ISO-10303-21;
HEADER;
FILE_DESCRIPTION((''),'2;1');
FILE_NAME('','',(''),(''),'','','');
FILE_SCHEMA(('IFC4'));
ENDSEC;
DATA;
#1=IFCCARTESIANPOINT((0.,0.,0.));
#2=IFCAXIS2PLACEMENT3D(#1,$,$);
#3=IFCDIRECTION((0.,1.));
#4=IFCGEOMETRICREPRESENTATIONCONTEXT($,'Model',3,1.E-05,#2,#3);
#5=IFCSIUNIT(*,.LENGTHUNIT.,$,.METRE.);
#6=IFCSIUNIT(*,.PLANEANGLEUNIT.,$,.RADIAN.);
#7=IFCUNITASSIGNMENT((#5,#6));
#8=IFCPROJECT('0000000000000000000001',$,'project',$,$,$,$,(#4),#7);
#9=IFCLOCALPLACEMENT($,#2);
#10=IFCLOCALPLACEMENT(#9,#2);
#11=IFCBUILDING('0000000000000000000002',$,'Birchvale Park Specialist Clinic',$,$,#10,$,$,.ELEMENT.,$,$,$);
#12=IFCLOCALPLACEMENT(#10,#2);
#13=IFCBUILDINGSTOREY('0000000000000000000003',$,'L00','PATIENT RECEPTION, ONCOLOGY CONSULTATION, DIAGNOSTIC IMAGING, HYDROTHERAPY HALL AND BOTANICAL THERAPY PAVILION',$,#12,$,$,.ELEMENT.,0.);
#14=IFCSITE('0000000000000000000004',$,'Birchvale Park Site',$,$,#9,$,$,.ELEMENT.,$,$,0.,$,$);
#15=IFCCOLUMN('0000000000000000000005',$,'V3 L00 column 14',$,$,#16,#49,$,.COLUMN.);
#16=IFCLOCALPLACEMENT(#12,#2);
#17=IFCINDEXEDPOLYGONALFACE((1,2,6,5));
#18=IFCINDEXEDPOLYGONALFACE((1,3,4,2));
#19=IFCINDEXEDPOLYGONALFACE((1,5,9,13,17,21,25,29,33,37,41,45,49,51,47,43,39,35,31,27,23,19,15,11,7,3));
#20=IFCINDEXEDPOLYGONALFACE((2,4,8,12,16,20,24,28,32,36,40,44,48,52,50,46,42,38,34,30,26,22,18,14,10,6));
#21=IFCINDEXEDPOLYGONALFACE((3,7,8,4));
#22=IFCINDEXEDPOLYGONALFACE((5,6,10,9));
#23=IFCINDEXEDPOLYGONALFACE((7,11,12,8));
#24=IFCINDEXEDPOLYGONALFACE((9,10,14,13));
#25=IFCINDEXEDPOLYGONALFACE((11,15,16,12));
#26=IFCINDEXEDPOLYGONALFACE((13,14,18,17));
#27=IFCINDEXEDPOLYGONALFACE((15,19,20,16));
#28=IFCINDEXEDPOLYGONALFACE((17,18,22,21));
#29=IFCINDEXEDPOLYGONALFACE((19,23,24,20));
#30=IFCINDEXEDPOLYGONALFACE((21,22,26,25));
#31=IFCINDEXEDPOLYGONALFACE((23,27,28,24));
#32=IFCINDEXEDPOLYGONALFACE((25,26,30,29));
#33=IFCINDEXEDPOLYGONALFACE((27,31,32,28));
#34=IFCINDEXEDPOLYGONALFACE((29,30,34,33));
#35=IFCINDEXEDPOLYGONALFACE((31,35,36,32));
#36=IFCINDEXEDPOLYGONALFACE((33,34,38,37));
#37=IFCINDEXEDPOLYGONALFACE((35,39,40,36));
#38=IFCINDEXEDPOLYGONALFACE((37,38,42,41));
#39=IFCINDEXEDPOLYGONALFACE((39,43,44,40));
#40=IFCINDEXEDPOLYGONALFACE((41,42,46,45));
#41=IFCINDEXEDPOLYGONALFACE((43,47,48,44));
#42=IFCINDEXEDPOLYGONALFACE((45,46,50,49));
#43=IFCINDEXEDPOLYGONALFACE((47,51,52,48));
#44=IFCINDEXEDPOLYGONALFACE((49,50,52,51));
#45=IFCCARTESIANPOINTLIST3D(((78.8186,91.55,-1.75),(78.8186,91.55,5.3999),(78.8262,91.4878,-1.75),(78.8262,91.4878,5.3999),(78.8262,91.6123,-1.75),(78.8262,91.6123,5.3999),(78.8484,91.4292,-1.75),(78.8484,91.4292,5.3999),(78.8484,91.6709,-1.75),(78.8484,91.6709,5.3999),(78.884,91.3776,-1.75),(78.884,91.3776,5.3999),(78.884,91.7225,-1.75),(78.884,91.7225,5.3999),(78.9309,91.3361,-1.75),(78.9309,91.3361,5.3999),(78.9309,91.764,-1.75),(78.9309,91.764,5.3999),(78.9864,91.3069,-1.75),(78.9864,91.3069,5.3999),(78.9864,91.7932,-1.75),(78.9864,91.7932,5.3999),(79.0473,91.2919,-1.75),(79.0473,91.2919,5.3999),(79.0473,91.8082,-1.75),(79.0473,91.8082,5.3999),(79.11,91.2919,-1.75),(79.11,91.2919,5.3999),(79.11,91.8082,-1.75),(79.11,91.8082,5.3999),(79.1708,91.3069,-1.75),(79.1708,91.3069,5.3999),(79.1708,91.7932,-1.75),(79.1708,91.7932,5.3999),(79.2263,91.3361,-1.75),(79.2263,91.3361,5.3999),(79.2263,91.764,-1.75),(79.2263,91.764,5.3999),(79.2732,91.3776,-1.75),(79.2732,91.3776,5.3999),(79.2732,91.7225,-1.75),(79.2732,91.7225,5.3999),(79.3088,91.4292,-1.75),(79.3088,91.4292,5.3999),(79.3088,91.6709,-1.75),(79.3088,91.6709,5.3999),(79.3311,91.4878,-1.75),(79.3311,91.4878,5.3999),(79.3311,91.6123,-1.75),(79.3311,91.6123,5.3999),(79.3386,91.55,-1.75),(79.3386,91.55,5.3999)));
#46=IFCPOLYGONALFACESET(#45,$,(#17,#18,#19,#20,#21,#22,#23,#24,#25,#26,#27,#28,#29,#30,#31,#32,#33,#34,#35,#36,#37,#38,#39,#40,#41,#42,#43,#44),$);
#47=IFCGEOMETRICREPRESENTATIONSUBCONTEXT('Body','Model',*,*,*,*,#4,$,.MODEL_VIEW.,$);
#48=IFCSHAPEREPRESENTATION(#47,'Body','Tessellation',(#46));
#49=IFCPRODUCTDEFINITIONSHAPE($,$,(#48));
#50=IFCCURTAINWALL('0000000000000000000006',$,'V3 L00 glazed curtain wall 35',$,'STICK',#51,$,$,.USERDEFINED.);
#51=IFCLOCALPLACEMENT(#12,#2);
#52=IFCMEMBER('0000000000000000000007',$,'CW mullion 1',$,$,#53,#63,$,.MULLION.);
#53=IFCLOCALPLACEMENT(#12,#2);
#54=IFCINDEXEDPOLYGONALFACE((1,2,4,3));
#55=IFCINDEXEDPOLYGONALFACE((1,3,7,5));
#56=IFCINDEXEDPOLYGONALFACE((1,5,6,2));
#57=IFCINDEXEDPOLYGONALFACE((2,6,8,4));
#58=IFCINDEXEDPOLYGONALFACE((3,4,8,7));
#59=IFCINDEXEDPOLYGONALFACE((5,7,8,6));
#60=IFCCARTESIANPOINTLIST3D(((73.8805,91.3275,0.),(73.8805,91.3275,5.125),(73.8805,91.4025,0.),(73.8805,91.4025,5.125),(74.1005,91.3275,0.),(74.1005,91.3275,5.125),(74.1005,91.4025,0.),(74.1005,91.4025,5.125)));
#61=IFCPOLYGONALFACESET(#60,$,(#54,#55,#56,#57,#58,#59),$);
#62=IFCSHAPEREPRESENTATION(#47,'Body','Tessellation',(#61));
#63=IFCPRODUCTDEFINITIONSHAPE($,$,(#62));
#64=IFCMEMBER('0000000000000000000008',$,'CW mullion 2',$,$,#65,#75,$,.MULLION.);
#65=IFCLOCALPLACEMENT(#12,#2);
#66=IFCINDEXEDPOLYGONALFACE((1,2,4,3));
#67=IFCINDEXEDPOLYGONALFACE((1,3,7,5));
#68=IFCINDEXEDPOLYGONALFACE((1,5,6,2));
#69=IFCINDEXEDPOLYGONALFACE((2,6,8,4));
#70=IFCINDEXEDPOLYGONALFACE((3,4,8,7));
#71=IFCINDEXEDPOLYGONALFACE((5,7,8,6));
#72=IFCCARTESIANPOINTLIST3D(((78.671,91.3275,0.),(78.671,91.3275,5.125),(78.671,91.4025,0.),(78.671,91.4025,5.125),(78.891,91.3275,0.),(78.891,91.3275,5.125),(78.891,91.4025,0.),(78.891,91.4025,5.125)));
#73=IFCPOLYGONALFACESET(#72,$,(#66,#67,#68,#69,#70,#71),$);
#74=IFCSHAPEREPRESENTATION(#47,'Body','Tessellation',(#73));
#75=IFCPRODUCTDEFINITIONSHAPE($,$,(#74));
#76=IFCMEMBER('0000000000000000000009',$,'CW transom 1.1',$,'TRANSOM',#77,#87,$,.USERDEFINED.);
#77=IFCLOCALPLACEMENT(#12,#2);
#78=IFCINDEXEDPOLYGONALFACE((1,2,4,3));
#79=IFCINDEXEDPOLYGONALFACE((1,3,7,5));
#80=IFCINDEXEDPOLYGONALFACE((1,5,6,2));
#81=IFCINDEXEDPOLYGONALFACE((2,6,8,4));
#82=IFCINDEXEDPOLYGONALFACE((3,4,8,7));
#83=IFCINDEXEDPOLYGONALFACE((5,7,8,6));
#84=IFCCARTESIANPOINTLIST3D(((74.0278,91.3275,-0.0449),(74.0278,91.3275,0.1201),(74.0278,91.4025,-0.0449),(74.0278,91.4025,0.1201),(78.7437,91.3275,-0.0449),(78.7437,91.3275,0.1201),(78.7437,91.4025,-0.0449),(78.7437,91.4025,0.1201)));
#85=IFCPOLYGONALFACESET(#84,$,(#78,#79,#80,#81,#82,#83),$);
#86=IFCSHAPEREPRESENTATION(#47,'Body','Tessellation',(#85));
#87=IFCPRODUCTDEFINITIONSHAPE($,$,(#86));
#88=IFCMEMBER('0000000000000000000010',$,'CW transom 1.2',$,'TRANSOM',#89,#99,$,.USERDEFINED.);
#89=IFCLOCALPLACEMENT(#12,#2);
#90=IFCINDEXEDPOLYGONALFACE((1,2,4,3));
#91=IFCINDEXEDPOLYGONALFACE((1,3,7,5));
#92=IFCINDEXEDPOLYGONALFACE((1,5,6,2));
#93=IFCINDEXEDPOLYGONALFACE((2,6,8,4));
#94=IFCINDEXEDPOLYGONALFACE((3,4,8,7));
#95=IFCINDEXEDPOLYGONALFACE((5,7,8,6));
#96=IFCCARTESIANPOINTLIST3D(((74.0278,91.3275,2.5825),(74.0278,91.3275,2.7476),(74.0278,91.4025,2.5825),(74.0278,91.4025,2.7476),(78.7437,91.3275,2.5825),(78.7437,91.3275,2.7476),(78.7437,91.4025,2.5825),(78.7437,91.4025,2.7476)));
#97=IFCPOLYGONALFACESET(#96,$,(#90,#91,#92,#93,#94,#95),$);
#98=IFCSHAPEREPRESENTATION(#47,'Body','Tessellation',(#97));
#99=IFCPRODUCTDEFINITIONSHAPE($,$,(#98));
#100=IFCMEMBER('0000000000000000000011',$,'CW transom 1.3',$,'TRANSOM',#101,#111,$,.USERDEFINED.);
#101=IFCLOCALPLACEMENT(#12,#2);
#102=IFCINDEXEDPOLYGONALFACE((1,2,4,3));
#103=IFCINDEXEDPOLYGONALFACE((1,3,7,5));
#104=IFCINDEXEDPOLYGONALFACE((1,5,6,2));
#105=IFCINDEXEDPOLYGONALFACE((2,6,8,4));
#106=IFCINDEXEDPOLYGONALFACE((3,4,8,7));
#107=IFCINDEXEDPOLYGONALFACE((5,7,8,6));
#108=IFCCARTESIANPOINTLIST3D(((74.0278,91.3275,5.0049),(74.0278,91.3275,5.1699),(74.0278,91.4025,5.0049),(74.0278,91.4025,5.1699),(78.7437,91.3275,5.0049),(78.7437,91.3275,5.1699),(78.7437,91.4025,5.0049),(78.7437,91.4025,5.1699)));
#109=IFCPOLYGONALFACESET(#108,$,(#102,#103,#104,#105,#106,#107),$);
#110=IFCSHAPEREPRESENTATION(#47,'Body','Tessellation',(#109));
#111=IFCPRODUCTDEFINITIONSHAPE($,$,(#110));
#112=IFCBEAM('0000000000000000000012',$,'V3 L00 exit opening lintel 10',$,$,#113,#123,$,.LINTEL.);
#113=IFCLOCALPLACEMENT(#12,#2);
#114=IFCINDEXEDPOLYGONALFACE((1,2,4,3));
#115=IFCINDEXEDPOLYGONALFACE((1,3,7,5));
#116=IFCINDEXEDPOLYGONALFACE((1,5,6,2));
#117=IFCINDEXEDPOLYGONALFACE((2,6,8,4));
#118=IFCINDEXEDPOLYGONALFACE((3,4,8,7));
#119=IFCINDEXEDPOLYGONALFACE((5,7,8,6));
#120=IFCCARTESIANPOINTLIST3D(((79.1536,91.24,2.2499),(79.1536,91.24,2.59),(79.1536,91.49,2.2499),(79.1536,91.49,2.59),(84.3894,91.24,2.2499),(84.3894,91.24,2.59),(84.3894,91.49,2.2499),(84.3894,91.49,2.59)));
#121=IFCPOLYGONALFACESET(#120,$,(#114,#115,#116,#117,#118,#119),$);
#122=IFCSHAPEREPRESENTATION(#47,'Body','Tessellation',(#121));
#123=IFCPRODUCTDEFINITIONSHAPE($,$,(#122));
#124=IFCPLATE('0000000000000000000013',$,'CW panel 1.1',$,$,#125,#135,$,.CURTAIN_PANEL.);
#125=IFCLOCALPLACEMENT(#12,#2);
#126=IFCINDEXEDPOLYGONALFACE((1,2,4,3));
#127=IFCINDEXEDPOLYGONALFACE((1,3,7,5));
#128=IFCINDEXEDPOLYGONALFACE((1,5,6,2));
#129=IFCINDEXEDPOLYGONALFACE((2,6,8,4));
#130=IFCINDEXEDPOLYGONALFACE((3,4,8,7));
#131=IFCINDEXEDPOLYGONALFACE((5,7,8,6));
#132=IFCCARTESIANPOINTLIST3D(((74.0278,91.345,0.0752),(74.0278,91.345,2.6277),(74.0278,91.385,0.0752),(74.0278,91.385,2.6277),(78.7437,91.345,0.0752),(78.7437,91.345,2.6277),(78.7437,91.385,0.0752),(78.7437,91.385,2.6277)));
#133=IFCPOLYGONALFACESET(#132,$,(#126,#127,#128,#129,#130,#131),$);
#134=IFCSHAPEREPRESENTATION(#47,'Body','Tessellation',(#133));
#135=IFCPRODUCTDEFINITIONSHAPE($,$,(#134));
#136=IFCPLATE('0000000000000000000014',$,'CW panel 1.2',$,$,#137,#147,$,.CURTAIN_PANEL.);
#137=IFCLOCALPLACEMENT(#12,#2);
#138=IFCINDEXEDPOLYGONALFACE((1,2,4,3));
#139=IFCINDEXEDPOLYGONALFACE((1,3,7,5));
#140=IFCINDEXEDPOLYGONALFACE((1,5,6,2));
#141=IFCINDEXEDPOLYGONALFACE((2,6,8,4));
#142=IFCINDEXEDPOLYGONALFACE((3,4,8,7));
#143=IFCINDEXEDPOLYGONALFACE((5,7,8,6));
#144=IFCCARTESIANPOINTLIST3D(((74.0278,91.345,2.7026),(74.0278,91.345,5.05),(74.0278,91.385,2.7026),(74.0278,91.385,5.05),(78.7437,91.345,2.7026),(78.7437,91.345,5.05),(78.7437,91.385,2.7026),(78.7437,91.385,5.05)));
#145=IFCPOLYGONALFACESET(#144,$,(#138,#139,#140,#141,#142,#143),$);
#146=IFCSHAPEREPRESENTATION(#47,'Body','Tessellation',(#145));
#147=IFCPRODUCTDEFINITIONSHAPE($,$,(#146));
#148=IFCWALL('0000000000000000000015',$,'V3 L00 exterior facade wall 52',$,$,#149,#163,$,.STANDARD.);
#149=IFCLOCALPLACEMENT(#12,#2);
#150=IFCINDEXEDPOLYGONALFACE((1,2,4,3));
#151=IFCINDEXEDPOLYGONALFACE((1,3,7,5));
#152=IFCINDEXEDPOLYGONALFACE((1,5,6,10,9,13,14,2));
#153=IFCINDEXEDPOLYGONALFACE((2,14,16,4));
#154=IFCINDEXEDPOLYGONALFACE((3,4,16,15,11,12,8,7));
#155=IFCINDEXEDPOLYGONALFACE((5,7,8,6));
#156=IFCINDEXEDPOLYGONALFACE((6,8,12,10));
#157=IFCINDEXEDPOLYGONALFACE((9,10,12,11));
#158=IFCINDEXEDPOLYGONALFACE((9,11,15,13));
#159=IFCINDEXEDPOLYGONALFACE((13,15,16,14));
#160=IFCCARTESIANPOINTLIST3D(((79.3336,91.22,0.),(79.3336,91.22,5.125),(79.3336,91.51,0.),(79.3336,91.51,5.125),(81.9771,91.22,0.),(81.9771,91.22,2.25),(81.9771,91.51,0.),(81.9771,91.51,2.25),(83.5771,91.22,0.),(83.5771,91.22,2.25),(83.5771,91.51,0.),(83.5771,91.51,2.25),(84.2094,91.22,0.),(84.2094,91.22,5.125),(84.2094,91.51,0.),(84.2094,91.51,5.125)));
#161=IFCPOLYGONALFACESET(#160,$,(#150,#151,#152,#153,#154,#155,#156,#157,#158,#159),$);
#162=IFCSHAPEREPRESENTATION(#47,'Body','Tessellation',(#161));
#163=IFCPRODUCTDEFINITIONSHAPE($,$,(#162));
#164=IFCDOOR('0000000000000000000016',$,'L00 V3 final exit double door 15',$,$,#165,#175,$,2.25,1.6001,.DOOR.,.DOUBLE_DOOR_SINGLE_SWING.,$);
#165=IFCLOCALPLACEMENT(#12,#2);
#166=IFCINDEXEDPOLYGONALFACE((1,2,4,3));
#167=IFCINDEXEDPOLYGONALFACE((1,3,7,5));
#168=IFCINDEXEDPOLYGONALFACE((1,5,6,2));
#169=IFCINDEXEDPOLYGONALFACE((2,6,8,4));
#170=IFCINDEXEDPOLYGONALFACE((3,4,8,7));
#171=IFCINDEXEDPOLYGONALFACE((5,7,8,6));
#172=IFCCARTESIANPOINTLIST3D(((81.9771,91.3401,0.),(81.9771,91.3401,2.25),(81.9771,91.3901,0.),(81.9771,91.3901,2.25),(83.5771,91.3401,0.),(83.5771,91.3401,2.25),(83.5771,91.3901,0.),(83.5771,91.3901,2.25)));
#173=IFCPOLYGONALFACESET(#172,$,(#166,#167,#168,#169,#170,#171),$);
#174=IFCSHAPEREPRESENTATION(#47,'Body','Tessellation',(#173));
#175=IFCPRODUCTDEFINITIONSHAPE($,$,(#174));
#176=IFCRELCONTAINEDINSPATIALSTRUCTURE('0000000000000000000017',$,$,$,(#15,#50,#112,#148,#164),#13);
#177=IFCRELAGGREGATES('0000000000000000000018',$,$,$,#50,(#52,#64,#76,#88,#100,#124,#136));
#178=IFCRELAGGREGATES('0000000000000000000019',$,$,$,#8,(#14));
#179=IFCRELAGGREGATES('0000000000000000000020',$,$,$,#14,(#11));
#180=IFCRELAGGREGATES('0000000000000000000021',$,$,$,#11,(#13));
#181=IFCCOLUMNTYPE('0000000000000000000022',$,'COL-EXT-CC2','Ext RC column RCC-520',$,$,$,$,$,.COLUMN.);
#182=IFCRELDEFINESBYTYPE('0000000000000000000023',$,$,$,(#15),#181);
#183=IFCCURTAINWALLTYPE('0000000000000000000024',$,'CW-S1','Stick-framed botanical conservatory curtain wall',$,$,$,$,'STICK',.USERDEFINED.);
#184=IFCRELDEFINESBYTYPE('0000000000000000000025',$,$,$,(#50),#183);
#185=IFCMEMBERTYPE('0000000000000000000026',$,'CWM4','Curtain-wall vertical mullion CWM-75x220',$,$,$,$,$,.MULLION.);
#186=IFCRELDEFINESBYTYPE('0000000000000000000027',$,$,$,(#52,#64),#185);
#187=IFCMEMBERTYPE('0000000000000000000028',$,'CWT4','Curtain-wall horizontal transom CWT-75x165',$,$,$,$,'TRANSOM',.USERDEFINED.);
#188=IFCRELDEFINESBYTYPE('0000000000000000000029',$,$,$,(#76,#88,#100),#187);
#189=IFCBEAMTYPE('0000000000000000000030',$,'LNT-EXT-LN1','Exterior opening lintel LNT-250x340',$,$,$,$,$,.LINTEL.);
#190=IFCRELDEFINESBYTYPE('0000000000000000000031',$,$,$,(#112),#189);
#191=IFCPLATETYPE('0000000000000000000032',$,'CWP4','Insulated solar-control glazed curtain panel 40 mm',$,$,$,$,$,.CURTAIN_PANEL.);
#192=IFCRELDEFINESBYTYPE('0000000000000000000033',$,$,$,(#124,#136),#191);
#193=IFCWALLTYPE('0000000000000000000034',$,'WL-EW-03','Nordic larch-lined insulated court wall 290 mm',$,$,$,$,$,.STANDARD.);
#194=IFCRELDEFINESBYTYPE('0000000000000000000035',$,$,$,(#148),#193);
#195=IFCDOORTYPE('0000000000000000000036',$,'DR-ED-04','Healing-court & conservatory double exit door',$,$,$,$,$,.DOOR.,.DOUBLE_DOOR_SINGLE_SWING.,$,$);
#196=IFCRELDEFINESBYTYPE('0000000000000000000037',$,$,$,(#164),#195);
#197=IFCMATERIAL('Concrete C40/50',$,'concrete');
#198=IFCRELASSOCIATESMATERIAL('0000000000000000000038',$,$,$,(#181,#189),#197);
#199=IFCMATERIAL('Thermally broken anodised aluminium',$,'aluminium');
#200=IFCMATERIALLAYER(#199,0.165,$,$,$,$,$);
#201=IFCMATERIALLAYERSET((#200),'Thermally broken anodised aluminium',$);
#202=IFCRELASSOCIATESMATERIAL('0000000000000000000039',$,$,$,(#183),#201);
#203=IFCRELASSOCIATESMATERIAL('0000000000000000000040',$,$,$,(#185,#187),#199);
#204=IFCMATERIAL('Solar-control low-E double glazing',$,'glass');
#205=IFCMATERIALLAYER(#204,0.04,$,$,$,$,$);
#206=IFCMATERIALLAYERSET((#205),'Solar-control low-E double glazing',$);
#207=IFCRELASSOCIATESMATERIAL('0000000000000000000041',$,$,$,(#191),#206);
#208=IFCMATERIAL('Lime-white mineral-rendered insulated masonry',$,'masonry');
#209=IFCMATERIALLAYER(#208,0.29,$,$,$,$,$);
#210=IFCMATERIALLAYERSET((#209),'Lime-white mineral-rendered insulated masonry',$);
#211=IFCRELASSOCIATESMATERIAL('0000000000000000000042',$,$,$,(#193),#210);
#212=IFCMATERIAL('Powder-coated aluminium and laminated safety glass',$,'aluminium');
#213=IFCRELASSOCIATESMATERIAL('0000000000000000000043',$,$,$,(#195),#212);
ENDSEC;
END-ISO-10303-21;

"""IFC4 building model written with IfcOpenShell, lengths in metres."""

from ifc_helpers import new_model, si_unit, direction, frame, frame_2d, origin, origin_2d, place, context, subcontext, project, spatial, rectangle, circle, extrude, material, layer, layer_set, material_profile, profile_set, type_object, element, fill, aggregate, save


model = new_model("IFC4")

# Units and contexts
model_context = context("Model", 3, precision=1e-05, world=origin(), true_north=direction((0.0, 1.0)))
body_context = subcontext(model_context, "Body", "Model", "MODEL_VIEW")
ifc_project = project(units=[si_unit("LENGTHUNIT", "METRE"), si_unit("PLANEANGLEUNIT", "RADIAN")], contexts=[model_context])

# Site, building, storey
site_placement = place(None, origin())
site = spatial("IfcSite", under=ifc_project, at=site_placement, Name="Birchvale Park Site", CompositionType="ELEMENT", RefElevation=0.0)
building_placement = place(site_placement, origin())
building = spatial("IfcBuilding", under=site, at=building_placement, Name="Birchvale Park Specialist Clinic", CompositionType="ELEMENT")
storey_placement = place(building_placement, origin())
storey = spatial("IfcBuildingStorey", under=building, at=storey_placement, Name="L00", Description="PATIENT RECEPTION, ONCOLOGY CONSULTATION, DIAGNOSTIC IMAGING, HYDROTHERAPY HALL AND BOTANICAL THERAPY PAVILION", CompositionType="ELEMENT", Elevation=0.0)

# Shared definitions
ifc_material_1 = material(Name="Concrete C40/50", Category="concrete")

# Column
ifc_material_profile_1 = material_profile(ifc_material_1, circle(Radius=0.26, at=origin_2d()), Name="RCC-520")
ifc_profile_set_1 = profile_set([ifc_material_profile_1], Name="Concrete C40/50")
column_type = type_object("IfcColumnType", Name="COL-EXT-CC2", Description="Ext RC column RCC-520", PredefinedType="COLUMN", material=ifc_profile_set_1)
for number, where, z_axis, x_axis, name in (
    (1, (79.0786, 91.55, -1.75), (0.0, 0.0, 1.0), (1.0, 0.0, 0.0), "V3 L00 column 14"),
):
    element("IfcColumn", number, at=place(storey_placement, frame(where, z_axis=z_axis, x_axis=x_axis)), inside=storey, type_object=column_type, Name=name, PredefinedType="COLUMN", context=body_context, shape_type="SweptSolid", body=[
        extrude(circle(Radius=0.26, at=origin_2d()), origin(), (0.0, 0.0, 1.0), 7.1499),
    ])

# Curtain wall, members
ifc_material_2 = material(Name="Thermally broken anodised aluminium", Category="aluminium")
ifc_layer_1 = layer(ifc_material_2, 0.165)
ifc_layer_set_1 = layer_set([ifc_layer_1], Name="Thermally broken anodised aluminium")
curtain_wall_type = type_object("IfcCurtainWallType", Name="CW-S1", Description="Stick-framed botanical conservatory curtain wall", ElementType="STICK", PredefinedType="USERDEFINED", material=ifc_layer_set_1)
curtain_wall_placement = place(storey_placement, origin())
curtain_wall = element("IfcCurtainWall", 2, at=curtain_wall_placement, inside=storey, type_object=curtain_wall_type, Name="V3 L00 glazed curtain wall 35", ObjectType="STICK", PredefinedType="USERDEFINED")
ifc_material_profile_2 = material_profile(ifc_material_2, rectangle(XDim=0.075, YDim=0.22, at=origin_2d()), Name="CWM-75x220")
ifc_profile_set_2 = profile_set([ifc_material_profile_2], Name="Thermally broken anodised aluminium")
member_type_1 = type_object("IfcMemberType", Name="CWM4", Description="Curtain-wall vertical mullion CWM-75x220", PredefinedType="MULLION", material=ifc_profile_set_2)
member_1_placement = place(storey_placement, frame((73.9905, 91.365, 0.0), z_axis=(0.0, 0.0, 1.0), x_axis=(0.0, 1.0, 0.0)))
member_1 = element("IfcMember", 3, at=member_1_placement, type_object=member_type_1, Name="CW mullion 1", PredefinedType="MULLION", context=body_context, shape_type="SweptSolid", body=[
    extrude(rectangle(XDim=0.075, YDim=0.22, at=origin_2d()), origin(), (0.0, 0.0, 1.0), 5.125),
])
member_2_placement = place(storey_placement, frame((78.781, 91.365, 0.0), z_axis=(0.0, 0.0, 1.0), x_axis=(0.0, 1.0, 0.0)))
member_2 = element("IfcMember", 4, at=member_2_placement, type_object=member_type_1, Name="CW mullion 2", PredefinedType="MULLION", context=body_context, shape_type="SweptSolid", body=[
    extrude(rectangle(XDim=0.075, YDim=0.22, at=origin_2d()), origin(), (0.0, 0.0, 1.0), 5.125),
])
ifc_material_profile_3 = material_profile(ifc_material_2, rectangle(XDim=0.075, YDim=0.165, at=origin_2d()), Name="CWT-75x165")
ifc_profile_set_3 = profile_set([ifc_material_profile_3], Name="Thermally broken anodised aluminium")
member_type_2 = type_object("IfcMemberType", Name="CWT4", Description="Curtain-wall horizontal transom CWT-75x165", ElementType="TRANSOM", PredefinedType="USERDEFINED", material=ifc_profile_set_3)
member_3_placement = place(storey_placement, frame((74.0278, 91.365, 0.0376), z_axis=(1.0, 0.0, 0.0), x_axis=(0.0, 1.0, 0.0)))
member_3 = element("IfcMember", 5, at=member_3_placement, type_object=member_type_2, Name="CW transom 1.1", ObjectType="TRANSOM", PredefinedType="USERDEFINED", context=body_context, shape_type="SweptSolid", body=[
    extrude(rectangle(XDim=0.075, YDim=0.165, at=origin_2d()), origin(), (0.0, 0.0, 1.0), 4.7158),
])
member_4_placement = place(storey_placement, frame((74.0278, 91.365, 2.665), z_axis=(1.0, 0.0, 0.0), x_axis=(0.0, 1.0, 0.0)))
member_4 = element("IfcMember", 6, at=member_4_placement, type_object=member_type_2, Name="CW transom 1.2", ObjectType="TRANSOM", PredefinedType="USERDEFINED", context=body_context, shape_type="SweptSolid", body=[
    extrude(rectangle(XDim=0.075, YDim=0.165, at=origin_2d()), origin(), (0.0, 0.0, 1.0), 4.7158),
])
member_5_placement = place(storey_placement, frame((74.0278, 91.365, 5.0874), z_axis=(1.0, 0.0, 0.0), x_axis=(0.0, 1.0, 0.0)))
member_5 = element("IfcMember", 7, at=member_5_placement, type_object=member_type_2, Name="CW transom 1.3", ObjectType="TRANSOM", PredefinedType="USERDEFINED", context=body_context, shape_type="SweptSolid", body=[
    extrude(rectangle(XDim=0.075, YDim=0.165, at=origin_2d()), origin(), (0.0, 0.0, 1.0), 4.7158),
])

# Beam
ifc_material_profile_4 = material_profile(ifc_material_1, rectangle(XDim=0.25, YDim=0.3401, at=origin_2d()), Name="LNT-250x340")
ifc_profile_set_4 = profile_set([ifc_material_profile_4], Name="Concrete C40/50")
beam_type = type_object("IfcBeamType", Name="LNT-EXT-LN1", Description="Exterior opening lintel LNT-250x340", PredefinedType="LINTEL", material=ifc_profile_set_4)
beam_placement = place(storey_placement, frame((79.1536, 91.365, 2.4199), z_axis=(1.0, 0.0, 0.0), x_axis=(0.0, 1.0, 0.0)))
element("IfcBeam", 8, at=beam_placement, inside=storey, type_object=beam_type, Name="V3 L00 exit opening lintel 10", PredefinedType="LINTEL", context=body_context, shape_type="SweptSolid", body=[
    extrude(rectangle(XDim=0.25, YDim=0.3401, at=origin_2d()), origin(), (0.0, 0.0, 1.0), 5.2358),
])

# Plates
ifc_material_3 = material(Name="Solar-control low-E double glazing", Category="glass")
ifc_layer_2 = layer(ifc_material_3, 0.04)
ifc_layer_set_2 = layer_set([ifc_layer_2], Name="Solar-control low-E double glazing")
plate_type = type_object("IfcPlateType", Name="CWP4", Description="Insulated solar-control glazed curtain panel 40 mm", PredefinedType="CURTAIN_PANEL", material=ifc_layer_set_2)
plate_1_placement = place(storey_placement, frame((76.3857, 91.365, 0.0752), z_axis=(0.0, 0.0, 1.0), x_axis=(1.0, 0.0, 0.0)))
plate_1 = element("IfcPlate", 9, at=plate_1_placement, type_object=plate_type, Name="CW panel 1.1", PredefinedType="CURTAIN_PANEL", context=body_context, shape_type="SweptSolid", body=[
    extrude(rectangle(XDim=4.7158, YDim=0.04, at=origin_2d()), origin(), (0.0, 0.0, 1.0), 2.5525),
])
plate_2_placement = place(storey_placement, frame((76.3857, 91.365, 2.7026), z_axis=(0.0, 0.0, 1.0), x_axis=(1.0, 0.0, 0.0)))
plate_2 = element("IfcPlate", 10, at=plate_2_placement, type_object=plate_type, Name="CW panel 1.2", PredefinedType="CURTAIN_PANEL", context=body_context, shape_type="SweptSolid", body=[
    extrude(rectangle(XDim=4.7158, YDim=0.04, at=origin_2d()), origin(), (0.0, 0.0, 1.0), 2.3474),
])
aggregate(curtain_wall, [member_1, member_2, member_3, member_4, member_5, plate_1, plate_2])

# Wall, opening, door
ifc_material_4 = material(Name="Lime-white mineral-rendered insulated masonry", Category="masonry")
ifc_layer_3 = layer(ifc_material_4, 0.29)
ifc_layer_set_3 = layer_set([ifc_layer_3], Name="Lime-white mineral-rendered insulated masonry")
wall_type_1 = type_object("IfcWallType", Name="WL-EW-03", Description="Nordic larch-lined insulated court wall 290 mm", PredefinedType="STANDARD", material=ifc_layer_set_3)
wall_1_placement = place(storey_placement, frame((79.3335, 91.365, 0.0), z_axis=(0.0, 0.0, 1.0), x_axis=(1.0, 0.0, 0.0)))
wall_1 = element("IfcWall", 11, at=wall_1_placement, inside=storey, type_object=wall_type_1, Name="V3 L00 exterior facade wall 52", PredefinedType="STANDARD", context=body_context, shape_type="SweptSolid", body=[
    extrude(rectangle(XDim=4.8757, YDim=0.29, at=frame_2d((2.438, 0.0))), origin(), (0.0, 0.0, 1.0), 5.125),
])
opening_placement = place(wall_1_placement, frame((2.6436, 0.0, 0.0)))
opening = element("IfcOpeningElement", 12, at=opening_placement, cuts=wall_1, PredefinedType="OPENING", context=body_context, shape_type="SweptSolid", body=[
    extrude(rectangle(XDim=1.6001, YDim=2.25, at=frame_2d((0.8, 1.125))), frame((0.0, 0.155, 0.0), z_axis=(0.0, -1.0, 0.0), x_axis=(1.0, 0.0, 0.0)), (0.0, 0.0, 1.0), 0.3101),
])
ifc_material_5 = material(Name="Powder-coated aluminium and laminated safety glass", Category="aluminium")
door_type = type_object("IfcDoorType", Name="DR-ED-04", Description="Healing-court & conservatory double exit door", OperationType="DOUBLE_DOOR_SINGLE_SWING", PredefinedType="DOOR", material=ifc_material_5)
door_placement = place(opening_placement, frame((1.6001, 0.0, 0.0), z_axis=(0.0, 0.0, 1.0), x_axis=(-1.0, 0.0, 0.0)))
door = element("IfcDoor", 13, at=door_placement, inside=storey, type_object=door_type, Name="L00 V3 final exit double door 15", OperationType="DOUBLE_DOOR_SINGLE_SWING", OverallHeight=2.25, OverallWidth=1.6001, PredefinedType="DOOR", context=body_context, shape_type="SweptSolid", body=[
    extrude(rectangle(XDim=1.6001, YDim=2.25, at=frame_2d((0.8, 1.125))), frame((0.0, 0.0249, 0.0), z_axis=(0.0, -1.0, 0.0), x_axis=(1.0, 0.0, 0.0)), (0.0, 0.0, 1.0), 0.05),
])
fill(opening, door)

save(model, "model.ifc")
